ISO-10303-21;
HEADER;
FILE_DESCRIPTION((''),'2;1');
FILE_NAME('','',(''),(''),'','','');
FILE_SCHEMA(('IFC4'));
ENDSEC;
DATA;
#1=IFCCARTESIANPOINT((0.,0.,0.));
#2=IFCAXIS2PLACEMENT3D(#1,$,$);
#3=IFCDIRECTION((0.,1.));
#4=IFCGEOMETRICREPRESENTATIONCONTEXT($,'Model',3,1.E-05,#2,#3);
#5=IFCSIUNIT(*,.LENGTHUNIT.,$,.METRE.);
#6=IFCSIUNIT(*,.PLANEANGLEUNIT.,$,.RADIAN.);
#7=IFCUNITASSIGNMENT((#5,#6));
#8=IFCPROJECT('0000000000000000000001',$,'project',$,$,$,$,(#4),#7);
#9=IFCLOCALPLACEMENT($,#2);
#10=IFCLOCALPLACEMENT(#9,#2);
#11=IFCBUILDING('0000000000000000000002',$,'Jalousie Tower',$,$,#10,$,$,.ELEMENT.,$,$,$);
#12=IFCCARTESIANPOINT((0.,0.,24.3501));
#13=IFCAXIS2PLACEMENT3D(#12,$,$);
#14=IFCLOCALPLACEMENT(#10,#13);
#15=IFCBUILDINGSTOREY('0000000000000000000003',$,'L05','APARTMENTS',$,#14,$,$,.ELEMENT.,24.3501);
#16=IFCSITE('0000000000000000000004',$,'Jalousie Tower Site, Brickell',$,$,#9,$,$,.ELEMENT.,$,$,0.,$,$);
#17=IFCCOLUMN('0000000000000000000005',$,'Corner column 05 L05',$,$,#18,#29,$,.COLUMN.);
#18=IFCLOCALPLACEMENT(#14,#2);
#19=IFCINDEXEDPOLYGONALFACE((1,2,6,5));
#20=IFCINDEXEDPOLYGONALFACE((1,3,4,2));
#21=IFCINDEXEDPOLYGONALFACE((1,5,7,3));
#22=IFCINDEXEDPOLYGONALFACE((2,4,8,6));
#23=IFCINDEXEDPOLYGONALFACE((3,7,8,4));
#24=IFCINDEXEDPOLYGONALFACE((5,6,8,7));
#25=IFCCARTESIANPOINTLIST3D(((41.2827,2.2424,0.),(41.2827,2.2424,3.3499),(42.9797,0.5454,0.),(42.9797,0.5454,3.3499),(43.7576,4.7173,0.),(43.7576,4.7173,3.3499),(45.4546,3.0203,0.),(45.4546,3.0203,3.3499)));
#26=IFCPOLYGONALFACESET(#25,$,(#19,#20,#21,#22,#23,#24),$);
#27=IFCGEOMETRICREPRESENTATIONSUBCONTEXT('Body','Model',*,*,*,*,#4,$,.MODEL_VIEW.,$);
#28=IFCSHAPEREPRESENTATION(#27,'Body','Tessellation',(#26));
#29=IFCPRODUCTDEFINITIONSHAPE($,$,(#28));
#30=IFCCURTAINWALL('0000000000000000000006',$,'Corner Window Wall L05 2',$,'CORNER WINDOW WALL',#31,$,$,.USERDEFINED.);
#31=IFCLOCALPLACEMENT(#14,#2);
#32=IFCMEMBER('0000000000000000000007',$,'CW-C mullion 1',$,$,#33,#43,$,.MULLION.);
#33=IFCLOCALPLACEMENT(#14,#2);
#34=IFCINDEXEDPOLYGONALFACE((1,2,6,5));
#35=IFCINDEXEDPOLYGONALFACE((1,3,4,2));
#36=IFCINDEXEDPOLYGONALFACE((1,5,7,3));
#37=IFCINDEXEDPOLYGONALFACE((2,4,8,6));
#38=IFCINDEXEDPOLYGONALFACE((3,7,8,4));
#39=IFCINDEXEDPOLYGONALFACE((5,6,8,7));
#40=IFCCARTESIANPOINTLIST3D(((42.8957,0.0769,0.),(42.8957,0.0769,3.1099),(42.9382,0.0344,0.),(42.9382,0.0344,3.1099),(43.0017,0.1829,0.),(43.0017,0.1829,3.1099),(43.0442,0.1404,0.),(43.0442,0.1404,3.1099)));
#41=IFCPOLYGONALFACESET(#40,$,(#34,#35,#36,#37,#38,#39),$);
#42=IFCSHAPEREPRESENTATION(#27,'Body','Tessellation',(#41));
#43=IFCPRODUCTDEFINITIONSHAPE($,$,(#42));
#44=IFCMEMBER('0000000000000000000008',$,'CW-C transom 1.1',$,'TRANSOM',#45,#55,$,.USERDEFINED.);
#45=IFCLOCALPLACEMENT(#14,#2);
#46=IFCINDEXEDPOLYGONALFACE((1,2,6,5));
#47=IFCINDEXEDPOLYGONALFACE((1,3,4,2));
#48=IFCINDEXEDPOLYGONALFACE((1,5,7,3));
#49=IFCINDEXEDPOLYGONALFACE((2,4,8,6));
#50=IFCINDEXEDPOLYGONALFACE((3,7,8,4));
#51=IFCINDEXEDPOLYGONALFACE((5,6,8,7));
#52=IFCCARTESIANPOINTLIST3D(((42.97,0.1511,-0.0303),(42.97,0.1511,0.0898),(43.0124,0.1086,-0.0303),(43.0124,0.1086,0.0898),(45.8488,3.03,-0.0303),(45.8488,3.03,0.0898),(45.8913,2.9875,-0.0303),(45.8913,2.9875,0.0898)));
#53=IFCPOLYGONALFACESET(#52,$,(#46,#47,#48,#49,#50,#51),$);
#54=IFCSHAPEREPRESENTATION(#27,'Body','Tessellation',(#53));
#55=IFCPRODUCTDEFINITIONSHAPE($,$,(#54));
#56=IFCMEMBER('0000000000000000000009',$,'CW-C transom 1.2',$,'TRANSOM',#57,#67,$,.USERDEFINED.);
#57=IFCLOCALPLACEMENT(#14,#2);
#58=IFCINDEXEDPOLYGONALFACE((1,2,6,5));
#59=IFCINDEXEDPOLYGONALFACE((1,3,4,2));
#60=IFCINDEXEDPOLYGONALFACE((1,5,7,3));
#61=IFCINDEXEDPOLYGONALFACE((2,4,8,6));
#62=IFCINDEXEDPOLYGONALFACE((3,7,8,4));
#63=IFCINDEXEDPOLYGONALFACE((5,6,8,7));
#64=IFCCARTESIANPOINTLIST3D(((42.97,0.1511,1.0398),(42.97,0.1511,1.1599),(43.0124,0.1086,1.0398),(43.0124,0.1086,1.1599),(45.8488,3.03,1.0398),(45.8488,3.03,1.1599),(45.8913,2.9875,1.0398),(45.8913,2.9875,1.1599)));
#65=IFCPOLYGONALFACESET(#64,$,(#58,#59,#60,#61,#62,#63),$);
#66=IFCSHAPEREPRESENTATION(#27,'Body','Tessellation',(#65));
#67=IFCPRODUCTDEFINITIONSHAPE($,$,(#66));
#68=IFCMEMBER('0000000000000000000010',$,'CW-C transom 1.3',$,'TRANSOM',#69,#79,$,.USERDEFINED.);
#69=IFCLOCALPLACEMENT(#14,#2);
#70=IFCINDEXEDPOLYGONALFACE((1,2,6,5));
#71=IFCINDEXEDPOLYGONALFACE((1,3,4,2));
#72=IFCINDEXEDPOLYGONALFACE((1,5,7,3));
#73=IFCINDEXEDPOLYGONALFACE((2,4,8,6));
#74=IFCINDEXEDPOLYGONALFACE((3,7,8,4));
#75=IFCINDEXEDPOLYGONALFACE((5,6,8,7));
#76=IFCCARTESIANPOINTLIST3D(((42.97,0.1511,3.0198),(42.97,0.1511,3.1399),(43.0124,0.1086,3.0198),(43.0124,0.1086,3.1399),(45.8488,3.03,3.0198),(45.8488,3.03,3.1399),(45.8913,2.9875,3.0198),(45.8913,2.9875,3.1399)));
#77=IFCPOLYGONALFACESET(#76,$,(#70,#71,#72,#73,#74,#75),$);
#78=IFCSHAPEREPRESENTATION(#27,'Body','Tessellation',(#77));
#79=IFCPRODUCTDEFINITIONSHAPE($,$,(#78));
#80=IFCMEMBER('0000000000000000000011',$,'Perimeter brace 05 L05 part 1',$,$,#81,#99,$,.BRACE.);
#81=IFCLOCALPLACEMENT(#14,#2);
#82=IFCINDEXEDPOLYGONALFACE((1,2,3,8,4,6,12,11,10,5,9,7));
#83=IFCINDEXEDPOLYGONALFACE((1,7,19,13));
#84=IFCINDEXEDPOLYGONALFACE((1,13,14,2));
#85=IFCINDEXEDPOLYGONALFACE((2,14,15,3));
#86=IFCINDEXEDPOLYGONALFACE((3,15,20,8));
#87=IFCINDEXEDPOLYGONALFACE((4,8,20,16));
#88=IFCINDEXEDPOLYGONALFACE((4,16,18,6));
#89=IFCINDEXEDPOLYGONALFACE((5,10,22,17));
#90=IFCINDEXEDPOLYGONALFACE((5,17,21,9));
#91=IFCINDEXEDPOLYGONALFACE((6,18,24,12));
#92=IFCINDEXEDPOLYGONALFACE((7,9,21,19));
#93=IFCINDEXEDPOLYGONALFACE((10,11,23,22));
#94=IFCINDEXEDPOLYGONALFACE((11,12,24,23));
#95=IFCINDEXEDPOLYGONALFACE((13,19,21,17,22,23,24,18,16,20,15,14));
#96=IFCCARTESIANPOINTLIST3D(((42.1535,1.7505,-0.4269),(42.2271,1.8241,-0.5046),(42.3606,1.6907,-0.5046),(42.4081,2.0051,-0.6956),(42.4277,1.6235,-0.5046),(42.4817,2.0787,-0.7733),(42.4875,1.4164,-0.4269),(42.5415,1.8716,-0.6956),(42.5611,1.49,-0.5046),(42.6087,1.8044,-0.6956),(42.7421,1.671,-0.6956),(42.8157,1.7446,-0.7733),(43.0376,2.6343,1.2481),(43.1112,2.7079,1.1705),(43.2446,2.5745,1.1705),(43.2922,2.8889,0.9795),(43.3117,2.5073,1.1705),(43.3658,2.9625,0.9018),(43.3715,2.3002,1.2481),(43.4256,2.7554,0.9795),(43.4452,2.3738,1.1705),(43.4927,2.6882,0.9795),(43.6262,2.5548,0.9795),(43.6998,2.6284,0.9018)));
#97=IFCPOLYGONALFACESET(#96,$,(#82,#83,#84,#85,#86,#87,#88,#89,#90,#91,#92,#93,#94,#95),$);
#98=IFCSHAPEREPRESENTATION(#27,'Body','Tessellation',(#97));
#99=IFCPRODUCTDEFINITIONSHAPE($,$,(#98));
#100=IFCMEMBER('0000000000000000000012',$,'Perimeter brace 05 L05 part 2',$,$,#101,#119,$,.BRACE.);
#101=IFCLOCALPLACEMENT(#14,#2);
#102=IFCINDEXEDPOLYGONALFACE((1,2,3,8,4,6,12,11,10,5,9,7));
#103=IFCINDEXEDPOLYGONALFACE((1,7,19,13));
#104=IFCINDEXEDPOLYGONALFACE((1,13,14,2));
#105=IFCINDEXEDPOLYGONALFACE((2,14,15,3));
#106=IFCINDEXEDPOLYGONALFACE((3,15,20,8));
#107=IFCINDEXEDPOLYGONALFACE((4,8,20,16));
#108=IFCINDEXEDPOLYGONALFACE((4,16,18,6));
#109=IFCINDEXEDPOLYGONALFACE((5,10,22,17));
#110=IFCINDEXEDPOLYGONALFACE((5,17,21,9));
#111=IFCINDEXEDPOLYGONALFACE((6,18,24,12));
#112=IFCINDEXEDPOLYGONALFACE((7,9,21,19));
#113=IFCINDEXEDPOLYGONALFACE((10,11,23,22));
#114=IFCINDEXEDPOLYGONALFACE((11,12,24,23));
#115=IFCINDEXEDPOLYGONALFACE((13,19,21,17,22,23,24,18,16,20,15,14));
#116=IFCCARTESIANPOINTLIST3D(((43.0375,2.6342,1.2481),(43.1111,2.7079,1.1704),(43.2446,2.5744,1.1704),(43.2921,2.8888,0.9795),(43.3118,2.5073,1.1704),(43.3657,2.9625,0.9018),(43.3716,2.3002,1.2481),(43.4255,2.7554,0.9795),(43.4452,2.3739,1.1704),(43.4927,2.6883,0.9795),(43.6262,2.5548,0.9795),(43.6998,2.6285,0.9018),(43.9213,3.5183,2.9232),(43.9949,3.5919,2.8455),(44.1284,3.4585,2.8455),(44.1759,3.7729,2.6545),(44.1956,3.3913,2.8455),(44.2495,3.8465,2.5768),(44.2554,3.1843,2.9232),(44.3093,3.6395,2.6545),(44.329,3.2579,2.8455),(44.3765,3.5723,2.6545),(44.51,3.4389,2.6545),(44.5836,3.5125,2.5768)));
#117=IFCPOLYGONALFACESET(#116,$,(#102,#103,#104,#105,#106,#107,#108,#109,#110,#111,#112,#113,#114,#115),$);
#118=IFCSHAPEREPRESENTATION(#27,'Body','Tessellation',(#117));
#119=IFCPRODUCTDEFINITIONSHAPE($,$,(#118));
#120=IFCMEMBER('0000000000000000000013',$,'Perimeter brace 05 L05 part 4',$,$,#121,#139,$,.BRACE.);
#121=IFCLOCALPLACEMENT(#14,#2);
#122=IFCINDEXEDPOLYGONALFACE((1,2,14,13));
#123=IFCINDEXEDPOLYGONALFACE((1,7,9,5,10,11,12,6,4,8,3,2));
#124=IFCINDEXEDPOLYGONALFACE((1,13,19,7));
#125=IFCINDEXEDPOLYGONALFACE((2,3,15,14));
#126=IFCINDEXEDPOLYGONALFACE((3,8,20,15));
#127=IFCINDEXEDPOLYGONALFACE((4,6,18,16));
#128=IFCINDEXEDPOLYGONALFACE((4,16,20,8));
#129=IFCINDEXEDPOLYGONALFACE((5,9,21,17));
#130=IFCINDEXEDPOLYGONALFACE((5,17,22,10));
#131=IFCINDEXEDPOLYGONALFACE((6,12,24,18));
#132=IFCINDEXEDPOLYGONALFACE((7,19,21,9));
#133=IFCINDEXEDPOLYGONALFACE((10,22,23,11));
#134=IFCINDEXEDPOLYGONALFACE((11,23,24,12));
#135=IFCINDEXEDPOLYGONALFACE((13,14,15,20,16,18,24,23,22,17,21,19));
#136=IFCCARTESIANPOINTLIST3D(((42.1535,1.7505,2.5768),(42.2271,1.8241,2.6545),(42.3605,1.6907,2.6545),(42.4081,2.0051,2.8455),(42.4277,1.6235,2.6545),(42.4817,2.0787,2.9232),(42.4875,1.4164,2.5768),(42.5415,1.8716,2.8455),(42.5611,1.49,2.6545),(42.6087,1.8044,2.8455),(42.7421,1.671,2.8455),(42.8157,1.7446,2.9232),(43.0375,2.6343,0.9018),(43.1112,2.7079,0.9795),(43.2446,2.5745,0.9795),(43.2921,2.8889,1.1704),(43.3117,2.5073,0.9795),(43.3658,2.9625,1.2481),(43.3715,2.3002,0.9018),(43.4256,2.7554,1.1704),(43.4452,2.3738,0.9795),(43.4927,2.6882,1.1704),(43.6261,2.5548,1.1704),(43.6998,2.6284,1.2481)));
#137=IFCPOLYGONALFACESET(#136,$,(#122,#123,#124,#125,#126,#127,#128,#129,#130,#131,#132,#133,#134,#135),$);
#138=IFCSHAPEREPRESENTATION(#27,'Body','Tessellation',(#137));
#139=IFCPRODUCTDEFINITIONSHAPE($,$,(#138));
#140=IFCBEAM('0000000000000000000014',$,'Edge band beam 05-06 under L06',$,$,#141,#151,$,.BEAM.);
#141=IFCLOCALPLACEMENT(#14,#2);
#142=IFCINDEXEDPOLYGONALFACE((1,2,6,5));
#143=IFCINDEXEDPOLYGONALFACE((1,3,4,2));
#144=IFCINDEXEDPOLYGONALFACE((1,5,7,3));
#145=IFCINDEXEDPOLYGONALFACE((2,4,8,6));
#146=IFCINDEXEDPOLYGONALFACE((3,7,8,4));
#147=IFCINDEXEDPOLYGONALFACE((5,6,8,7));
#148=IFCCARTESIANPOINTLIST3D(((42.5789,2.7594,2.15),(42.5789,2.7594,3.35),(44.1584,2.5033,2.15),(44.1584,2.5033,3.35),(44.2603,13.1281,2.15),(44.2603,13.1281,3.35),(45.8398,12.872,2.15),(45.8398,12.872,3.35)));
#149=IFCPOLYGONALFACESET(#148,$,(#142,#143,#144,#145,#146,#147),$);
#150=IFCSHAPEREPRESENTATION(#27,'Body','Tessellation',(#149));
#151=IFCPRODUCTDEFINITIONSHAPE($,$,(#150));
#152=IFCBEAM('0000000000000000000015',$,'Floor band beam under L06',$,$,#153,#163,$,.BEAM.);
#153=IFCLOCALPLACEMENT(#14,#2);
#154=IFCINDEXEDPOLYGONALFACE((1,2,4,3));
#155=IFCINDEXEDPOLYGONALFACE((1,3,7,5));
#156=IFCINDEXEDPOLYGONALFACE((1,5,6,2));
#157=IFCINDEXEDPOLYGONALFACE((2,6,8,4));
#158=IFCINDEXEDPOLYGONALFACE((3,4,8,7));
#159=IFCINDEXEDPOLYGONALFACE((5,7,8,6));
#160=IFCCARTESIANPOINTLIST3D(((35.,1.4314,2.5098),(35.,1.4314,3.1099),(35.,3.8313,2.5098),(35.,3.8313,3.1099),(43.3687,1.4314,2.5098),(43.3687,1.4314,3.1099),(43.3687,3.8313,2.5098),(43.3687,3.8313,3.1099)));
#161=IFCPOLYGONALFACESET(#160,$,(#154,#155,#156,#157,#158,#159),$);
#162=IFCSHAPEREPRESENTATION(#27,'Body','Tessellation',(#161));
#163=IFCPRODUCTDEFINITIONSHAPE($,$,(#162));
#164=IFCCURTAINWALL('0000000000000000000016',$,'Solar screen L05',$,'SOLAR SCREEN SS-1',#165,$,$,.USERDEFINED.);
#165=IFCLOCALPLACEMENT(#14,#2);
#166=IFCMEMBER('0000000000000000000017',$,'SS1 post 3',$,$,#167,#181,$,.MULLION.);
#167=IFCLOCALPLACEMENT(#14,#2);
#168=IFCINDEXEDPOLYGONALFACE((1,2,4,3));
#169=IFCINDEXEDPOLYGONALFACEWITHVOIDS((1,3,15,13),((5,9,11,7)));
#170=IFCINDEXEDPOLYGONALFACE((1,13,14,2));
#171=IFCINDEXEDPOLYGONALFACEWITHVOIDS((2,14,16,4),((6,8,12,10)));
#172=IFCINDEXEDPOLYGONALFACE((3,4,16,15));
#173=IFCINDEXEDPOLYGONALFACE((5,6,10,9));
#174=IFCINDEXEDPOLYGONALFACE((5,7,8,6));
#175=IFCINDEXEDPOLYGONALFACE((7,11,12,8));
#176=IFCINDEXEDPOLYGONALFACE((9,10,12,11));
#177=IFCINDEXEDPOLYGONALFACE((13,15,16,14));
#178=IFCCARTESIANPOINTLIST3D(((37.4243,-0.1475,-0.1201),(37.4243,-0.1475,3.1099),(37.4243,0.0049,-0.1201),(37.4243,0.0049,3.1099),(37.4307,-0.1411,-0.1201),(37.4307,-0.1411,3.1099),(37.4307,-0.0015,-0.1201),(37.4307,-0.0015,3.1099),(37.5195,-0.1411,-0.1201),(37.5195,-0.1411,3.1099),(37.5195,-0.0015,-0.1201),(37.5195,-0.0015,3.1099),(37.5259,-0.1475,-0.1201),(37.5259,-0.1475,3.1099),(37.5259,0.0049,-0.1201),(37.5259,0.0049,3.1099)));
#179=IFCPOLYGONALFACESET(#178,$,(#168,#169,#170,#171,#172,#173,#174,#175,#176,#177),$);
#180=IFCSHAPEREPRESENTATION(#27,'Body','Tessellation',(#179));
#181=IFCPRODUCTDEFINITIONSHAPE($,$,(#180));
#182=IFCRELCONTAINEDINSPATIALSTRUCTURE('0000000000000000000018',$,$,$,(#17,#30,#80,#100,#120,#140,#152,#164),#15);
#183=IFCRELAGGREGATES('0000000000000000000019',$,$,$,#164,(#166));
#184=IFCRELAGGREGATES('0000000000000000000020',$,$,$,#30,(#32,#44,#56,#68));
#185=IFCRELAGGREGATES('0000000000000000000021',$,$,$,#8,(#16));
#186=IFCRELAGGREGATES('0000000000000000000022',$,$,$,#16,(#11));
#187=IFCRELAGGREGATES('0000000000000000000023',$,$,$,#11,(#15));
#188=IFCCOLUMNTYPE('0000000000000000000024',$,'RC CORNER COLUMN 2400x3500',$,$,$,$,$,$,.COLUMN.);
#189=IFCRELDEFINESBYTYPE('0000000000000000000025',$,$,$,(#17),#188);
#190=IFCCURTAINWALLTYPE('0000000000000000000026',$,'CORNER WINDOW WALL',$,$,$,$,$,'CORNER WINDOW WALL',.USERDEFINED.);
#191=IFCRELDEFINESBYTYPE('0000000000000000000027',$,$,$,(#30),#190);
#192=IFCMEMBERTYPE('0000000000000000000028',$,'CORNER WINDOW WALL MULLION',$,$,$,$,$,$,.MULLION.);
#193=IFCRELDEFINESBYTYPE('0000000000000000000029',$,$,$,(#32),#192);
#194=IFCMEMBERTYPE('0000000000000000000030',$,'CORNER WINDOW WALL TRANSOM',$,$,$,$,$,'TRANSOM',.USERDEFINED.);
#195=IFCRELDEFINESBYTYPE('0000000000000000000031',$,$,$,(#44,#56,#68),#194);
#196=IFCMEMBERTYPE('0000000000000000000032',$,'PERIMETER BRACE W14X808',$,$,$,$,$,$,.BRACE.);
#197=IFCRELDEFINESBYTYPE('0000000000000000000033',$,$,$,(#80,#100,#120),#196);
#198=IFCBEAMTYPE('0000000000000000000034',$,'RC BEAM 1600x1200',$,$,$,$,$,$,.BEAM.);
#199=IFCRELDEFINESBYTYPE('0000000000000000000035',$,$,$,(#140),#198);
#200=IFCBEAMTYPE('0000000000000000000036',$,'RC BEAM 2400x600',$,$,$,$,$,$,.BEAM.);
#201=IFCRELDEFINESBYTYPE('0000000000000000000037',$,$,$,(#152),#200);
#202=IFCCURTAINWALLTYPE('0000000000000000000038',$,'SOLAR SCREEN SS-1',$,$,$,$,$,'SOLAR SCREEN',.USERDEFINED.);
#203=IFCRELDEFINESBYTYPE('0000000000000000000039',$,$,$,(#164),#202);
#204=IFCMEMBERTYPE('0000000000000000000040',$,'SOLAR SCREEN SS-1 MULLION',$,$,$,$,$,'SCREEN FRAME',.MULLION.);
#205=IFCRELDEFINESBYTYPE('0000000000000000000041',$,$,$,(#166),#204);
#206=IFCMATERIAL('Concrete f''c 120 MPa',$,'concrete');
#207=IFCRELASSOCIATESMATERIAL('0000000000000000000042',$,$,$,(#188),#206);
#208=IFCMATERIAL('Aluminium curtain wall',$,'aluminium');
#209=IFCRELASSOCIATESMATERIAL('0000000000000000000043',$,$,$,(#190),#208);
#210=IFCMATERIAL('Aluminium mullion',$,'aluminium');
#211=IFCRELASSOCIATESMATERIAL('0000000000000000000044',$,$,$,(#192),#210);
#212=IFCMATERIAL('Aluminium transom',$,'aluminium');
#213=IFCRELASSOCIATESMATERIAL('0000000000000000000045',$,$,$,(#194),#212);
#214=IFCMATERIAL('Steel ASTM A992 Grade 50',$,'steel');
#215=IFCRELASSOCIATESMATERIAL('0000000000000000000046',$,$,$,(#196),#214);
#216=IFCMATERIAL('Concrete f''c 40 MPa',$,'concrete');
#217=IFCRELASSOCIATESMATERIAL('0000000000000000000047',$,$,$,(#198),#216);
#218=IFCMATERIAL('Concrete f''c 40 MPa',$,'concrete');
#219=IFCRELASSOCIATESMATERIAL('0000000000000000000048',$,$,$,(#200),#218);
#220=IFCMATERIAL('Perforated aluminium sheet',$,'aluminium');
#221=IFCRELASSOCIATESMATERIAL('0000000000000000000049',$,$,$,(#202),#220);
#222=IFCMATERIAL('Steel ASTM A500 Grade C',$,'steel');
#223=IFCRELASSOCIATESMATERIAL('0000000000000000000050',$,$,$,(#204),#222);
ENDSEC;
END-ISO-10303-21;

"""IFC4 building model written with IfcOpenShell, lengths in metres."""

from ifc_helpers import new_model, si_unit, direction, frame, origin, origin_2d, place, context, subcontext, project, spatial, rectangle, hollow_rectangle, i_section, extrude, material, material_profile, profile_set, type_object, element, aggregate, save


model = new_model("IFC4")

# Units and contexts
model_context = context("Model", 3, precision=1e-05, world=origin(), true_north=direction((0.0, 1.0)))
body_context = subcontext(model_context, "Body", "Model", "MODEL_VIEW")
ifc_project = project(units=[si_unit("LENGTHUNIT", "METRE"), si_unit("PLANEANGLEUNIT", "RADIAN")], contexts=[model_context])

# Site, building, storey
site_placement = place(None, origin())
site = spatial("IfcSite", under=ifc_project, at=site_placement, Name="Jalousie Tower Site, Brickell", CompositionType="ELEMENT", RefElevation=0.0)
building_placement = place(site_placement, origin())
building = spatial("IfcBuilding", under=site, at=building_placement, Name="Jalousie Tower", CompositionType="ELEMENT")
storey_placement = place(building_placement, frame((0.0, 0.0, 24.3501)))
storey = spatial("IfcBuildingStorey", under=building, at=storey_placement, Name="L05", Description="APARTMENTS", CompositionType="ELEMENT", Elevation=24.3501)

# Column
ifc_material_1 = material(Name="Concrete f'c 120 MPa", Category="concrete")
ifc_material_profile_1 = material_profile(ifc_material_1, rectangle(XDim=2.3999, YDim=3.5, at=origin_2d()), Name="RC 2400x3500")
ifc_profile_set_1 = profile_set([ifc_material_profile_1], Name="Concrete f'c 120 MPa")
column_type = type_object("IfcColumnType", Name="RC CORNER COLUMN 2400x3500", PredefinedType="COLUMN", material=ifc_profile_set_1)
column_placement = place(storey_placement, frame((43.3687, 2.6313, 0.0), z_axis=(0.0, 0.0, 1.0), x_axis=(-0.707107, 0.707107, 0.0)))
element("IfcColumn", 1, at=column_placement, inside=storey, type_object=column_type, Name="Corner column 05 L05", PredefinedType="COLUMN", context=body_context, shape_type="SweptSolid", body=[
    extrude(rectangle(XDim=2.3999, YDim=3.5, at=origin_2d()), origin(), (0.0, 0.0, 1.0), 3.3499),
])

# Curtain wall, members
ifc_material_2 = material(Name="Aluminium curtain wall", Category="aluminium")
curtain_wall_type_1 = type_object("IfcCurtainWallType", Name="CORNER WINDOW WALL", ElementType="CORNER WINDOW WALL", PredefinedType="USERDEFINED", material=ifc_material_2)
curtain_wall_1_placement = place(storey_placement, origin())
curtain_wall_1 = element("IfcCurtainWall", 2, at=curtain_wall_1_placement, inside=storey, type_object=curtain_wall_type_1, Name="Corner Window Wall L05 2", ObjectType="CORNER WINDOW WALL", PredefinedType="USERDEFINED")
ifc_material_3 = material(Name="Aluminium mullion", Category="aluminium")
ifc_material_profile_2 = material_profile(ifc_material_3, rectangle(XDim=0.0601, YDim=0.1499, at=origin_2d()), Name="MULLION 60x150")
ifc_profile_set_2 = profile_set([ifc_material_profile_2], Name="Aluminium mullion")
member_type_1 = type_object("IfcMemberType", Name="CORNER WINDOW WALL MULLION", PredefinedType="MULLION", material=ifc_profile_set_2)
member_1_placement = place(storey_placement, frame((42.97, 0.1086, 0.0), z_axis=(0.0, 0.0, 1.0), x_axis=(-0.707107, 0.707107, 0.0)))
member_1 = element("IfcMember", 3, at=member_1_placement, type_object=member_type_1, Name="CW-C mullion 1", PredefinedType="MULLION", context=body_context, shape_type="SweptSolid", body=[
    extrude(rectangle(XDim=0.0601, YDim=0.1499, at=origin_2d()), origin(), (0.0, 0.0, 1.0), 3.1099),
])
ifc_material_4 = material(Name="Aluminium transom", Category="aluminium")
ifc_material_profile_3 = material_profile(ifc_material_4, rectangle(XDim=0.0601, YDim=0.1201, at=origin_2d()), Name="TRANSOM 60x120")
ifc_profile_set_3 = profile_set([ifc_material_profile_3], Name="Aluminium transom")
member_type_2 = type_object("IfcMemberType", Name="CORNER WINDOW WALL TRANSOM", ElementType="TRANSOM", PredefinedType="USERDEFINED", material=ifc_profile_set_3)
member_2_placement = place(storey_placement, frame((42.9912, 0.1299, 0.0298), z_axis=(0.707107, 0.707107, 0.0), x_axis=(-0.707107, 0.707107, 0.0)))
member_2 = element("IfcMember", 4, at=member_2_placement, type_object=member_type_2, Name="CW-C transom 1.1", ObjectType="TRANSOM", PredefinedType="USERDEFINED", context=body_context, shape_type="SweptSolid", body=[
    extrude(rectangle(XDim=0.0601, YDim=0.1201, at=origin_2d()), origin(), (0.0, 0.0, 1.0), 4.0713),
])
member_3_placement = place(storey_placement, frame((42.9912, 0.1299, 1.0999), z_axis=(0.707107, 0.707107, 0.0), x_axis=(-0.707107, 0.707107, 0.0)))
member_3 = element("IfcMember", 5, at=member_3_placement, type_object=member_type_2, Name="CW-C transom 1.2", ObjectType="TRANSOM", PredefinedType="USERDEFINED", context=body_context, shape_type="SweptSolid", body=[
    extrude(rectangle(XDim=0.0601, YDim=0.1201, at=origin_2d()), origin(), (0.0, 0.0, 1.0), 4.0713),
])
member_4_placement = place(storey_placement, frame((42.9912, 0.1299, 3.0798), z_axis=(0.707107, 0.707107, 0.0), x_axis=(-0.707107, 0.707107, 0.0)))
member_4 = element("IfcMember", 6, at=member_4_placement, type_object=member_type_2, Name="CW-C transom 1.3", ObjectType="TRANSOM", PredefinedType="USERDEFINED", context=body_context, shape_type="SweptSolid", body=[
    extrude(rectangle(XDim=0.0601, YDim=0.1201, at=origin_2d()), origin(), (0.0, 0.0, 1.0), 4.0713),
])

# Members
ifc_material_5 = material(Name="Steel ASTM A992 Grade 50", Category="steel")
ifc_material_profile_4 = material_profile(ifc_material_5, i_section(OverallWidth=0.4724, OverallDepth=0.5791, WebThickness=0.095, FlangeThickness=0.1299, at=origin_2d()), Name="W14X808")
ifc_profile_set_4 = profile_set([ifc_material_profile_4], Name="Steel ASTM A992 Grade 50")
member_type_3 = type_object("IfcMemberType", Name="PERIMETER BRACE W14X808", PredefinedType="BRACE", material=ifc_profile_set_4)
for number, where, z_axis, x_axis, name in (
    (7, (42.4846, 1.7476, -0.6001), (0.422969, 0.422852, 0.801432), (-0.707009, 0.707204, 0.0), "Perimeter brace 05 L05 part 1"),
    (8, (43.3687, 2.6313, 1.075), (0.422852, 0.422969, 0.801432), (-0.707204, 0.707009, 0.0), "Perimeter brace 05 L05 part 2"),
    (9, (43.3687, 2.6313, 1.075), (-0.422969, -0.422852, 0.801432), (0.707009, -0.707204, 0.0), "Perimeter brace 05 L05 part 4"),
):
    element("IfcMember", number, at=place(storey_placement, frame(where, z_axis=z_axis, x_axis=x_axis)), inside=storey, type_object=member_type_3, Name=name, PredefinedType="BRACE", context=body_context, shape_type="SweptSolid", body=[
        extrude(i_section(OverallWidth=0.4724, OverallDepth=0.5791, WebThickness=0.095, FlangeThickness=0.1299, at=origin_2d()), origin(), (0.0, 0.0, 1.0), 2.0901),
    ])

# Beams
ifc_material_6 = material(Name="Concrete f'c 40 MPa", Category="concrete")
ifc_material_profile_5 = material_profile(ifc_material_6, rectangle(XDim=1.6001, YDim=1.2, at=origin_2d()), Name="RC 1600x1200")
ifc_profile_set_5 = profile_set([ifc_material_profile_5], Name="Concrete f'c 40 MPa")
beam_type_1 = type_object("IfcBeamType", Name="RC BEAM 1600x1200", PredefinedType="BEAM", material=ifc_profile_set_5)
beam_1_placement = place(storey_placement, frame((43.3687, 2.6313, 2.75), z_axis=(0.160071, 0.987106, 0.0), x_axis=(-0.987106, 0.160071, 0.0)))
element("IfcBeam", 10, at=beam_1_placement, inside=storey, type_object=beam_type_1, Name="Edge band beam 05-06 under L06", PredefinedType="BEAM", context=body_context, shape_type="SweptSolid", body=[
    extrude(rectangle(XDim=1.6001, YDim=1.2, at=origin_2d()), origin(), (0.0, 0.0, 1.0), 10.5042),
])
ifc_material_7 = material(Name="Concrete f'c 40 MPa", Category="concrete")
ifc_material_profile_6 = material_profile(ifc_material_7, rectangle(XDim=2.3999, YDim=0.6001, at=origin_2d()), Name="RC 2400x600")
ifc_profile_set_6 = profile_set([ifc_material_profile_6], Name="Concrete f'c 40 MPa")
beam_type_2 = type_object("IfcBeamType", Name="RC BEAM 2400x600", PredefinedType="BEAM", material=ifc_profile_set_6)
beam_2_placement = place(storey_placement, frame((43.3687, 2.6313, 2.8098), z_axis=(-1.0, 0.0, 0.0), x_axis=(0.0, -1.0, 0.0)))
element("IfcBeam", 11, at=beam_2_placement, inside=storey, type_object=beam_type_2, Name="Floor band beam under L06", PredefinedType="BEAM", context=body_context, shape_type="SweptSolid", body=[
    extrude(rectangle(XDim=2.3999, YDim=0.6001, at=origin_2d()), origin(), (0.0, 0.0, 1.0), 8.3687),
])

# Curtain wall, member
ifc_material_8 = material(Name="Perforated aluminium sheet", Category="aluminium")
curtain_wall_type_2 = type_object("IfcCurtainWallType", Name="SOLAR SCREEN SS-1", ElementType="SOLAR SCREEN", PredefinedType="USERDEFINED", material=ifc_material_8)
curtain_wall_2_placement = place(storey_placement, origin())
curtain_wall_2 = element("IfcCurtainWall", 12, at=curtain_wall_2_placement, inside=storey, type_object=curtain_wall_type_2, Name="Solar screen L05", ObjectType="SOLAR SCREEN SS-1", PredefinedType="USERDEFINED")
ifc_material_9 = material(Name="Steel ASTM A500 Grade C", Category="steel")
ifc_material_profile_7 = material_profile(ifc_material_9, hollow_rectangle(XDim=0.1016, YDim=0.1523, WallThickness=0.0063, at=origin_2d()), Name="HSS6X4X1/4")
ifc_profile_set_7 = profile_set([ifc_material_profile_7], Name="Steel ASTM A500 Grade C")
member_type_4 = type_object("IfcMemberType", Name="SOLAR SCREEN SS-1 MULLION", ElementType="SCREEN FRAME", PredefinedType="MULLION", material=ifc_profile_set_7)
member_5_placement = place(storey_placement, frame((37.4751, -0.0713, -0.1201), z_axis=(0.0, 0.0, 1.0), x_axis=(1.0, 0.0, 0.0)))
member_5 = element("IfcMember", 13, at=member_5_placement, type_object=member_type_4, Name="SS1 post 3", PredefinedType="MULLION", context=body_context, shape_type="SweptSolid", body=[
    extrude(hollow_rectangle(XDim=0.1016, YDim=0.1523, WallThickness=0.0063, at=origin_2d()), origin(), (0.0, 0.0, 1.0), 3.23),
])
aggregate(curtain_wall_2, [member_5])

aggregate(curtain_wall_1, [member_1, member_2, member_3, member_4])

save(model, "model.ifc")
